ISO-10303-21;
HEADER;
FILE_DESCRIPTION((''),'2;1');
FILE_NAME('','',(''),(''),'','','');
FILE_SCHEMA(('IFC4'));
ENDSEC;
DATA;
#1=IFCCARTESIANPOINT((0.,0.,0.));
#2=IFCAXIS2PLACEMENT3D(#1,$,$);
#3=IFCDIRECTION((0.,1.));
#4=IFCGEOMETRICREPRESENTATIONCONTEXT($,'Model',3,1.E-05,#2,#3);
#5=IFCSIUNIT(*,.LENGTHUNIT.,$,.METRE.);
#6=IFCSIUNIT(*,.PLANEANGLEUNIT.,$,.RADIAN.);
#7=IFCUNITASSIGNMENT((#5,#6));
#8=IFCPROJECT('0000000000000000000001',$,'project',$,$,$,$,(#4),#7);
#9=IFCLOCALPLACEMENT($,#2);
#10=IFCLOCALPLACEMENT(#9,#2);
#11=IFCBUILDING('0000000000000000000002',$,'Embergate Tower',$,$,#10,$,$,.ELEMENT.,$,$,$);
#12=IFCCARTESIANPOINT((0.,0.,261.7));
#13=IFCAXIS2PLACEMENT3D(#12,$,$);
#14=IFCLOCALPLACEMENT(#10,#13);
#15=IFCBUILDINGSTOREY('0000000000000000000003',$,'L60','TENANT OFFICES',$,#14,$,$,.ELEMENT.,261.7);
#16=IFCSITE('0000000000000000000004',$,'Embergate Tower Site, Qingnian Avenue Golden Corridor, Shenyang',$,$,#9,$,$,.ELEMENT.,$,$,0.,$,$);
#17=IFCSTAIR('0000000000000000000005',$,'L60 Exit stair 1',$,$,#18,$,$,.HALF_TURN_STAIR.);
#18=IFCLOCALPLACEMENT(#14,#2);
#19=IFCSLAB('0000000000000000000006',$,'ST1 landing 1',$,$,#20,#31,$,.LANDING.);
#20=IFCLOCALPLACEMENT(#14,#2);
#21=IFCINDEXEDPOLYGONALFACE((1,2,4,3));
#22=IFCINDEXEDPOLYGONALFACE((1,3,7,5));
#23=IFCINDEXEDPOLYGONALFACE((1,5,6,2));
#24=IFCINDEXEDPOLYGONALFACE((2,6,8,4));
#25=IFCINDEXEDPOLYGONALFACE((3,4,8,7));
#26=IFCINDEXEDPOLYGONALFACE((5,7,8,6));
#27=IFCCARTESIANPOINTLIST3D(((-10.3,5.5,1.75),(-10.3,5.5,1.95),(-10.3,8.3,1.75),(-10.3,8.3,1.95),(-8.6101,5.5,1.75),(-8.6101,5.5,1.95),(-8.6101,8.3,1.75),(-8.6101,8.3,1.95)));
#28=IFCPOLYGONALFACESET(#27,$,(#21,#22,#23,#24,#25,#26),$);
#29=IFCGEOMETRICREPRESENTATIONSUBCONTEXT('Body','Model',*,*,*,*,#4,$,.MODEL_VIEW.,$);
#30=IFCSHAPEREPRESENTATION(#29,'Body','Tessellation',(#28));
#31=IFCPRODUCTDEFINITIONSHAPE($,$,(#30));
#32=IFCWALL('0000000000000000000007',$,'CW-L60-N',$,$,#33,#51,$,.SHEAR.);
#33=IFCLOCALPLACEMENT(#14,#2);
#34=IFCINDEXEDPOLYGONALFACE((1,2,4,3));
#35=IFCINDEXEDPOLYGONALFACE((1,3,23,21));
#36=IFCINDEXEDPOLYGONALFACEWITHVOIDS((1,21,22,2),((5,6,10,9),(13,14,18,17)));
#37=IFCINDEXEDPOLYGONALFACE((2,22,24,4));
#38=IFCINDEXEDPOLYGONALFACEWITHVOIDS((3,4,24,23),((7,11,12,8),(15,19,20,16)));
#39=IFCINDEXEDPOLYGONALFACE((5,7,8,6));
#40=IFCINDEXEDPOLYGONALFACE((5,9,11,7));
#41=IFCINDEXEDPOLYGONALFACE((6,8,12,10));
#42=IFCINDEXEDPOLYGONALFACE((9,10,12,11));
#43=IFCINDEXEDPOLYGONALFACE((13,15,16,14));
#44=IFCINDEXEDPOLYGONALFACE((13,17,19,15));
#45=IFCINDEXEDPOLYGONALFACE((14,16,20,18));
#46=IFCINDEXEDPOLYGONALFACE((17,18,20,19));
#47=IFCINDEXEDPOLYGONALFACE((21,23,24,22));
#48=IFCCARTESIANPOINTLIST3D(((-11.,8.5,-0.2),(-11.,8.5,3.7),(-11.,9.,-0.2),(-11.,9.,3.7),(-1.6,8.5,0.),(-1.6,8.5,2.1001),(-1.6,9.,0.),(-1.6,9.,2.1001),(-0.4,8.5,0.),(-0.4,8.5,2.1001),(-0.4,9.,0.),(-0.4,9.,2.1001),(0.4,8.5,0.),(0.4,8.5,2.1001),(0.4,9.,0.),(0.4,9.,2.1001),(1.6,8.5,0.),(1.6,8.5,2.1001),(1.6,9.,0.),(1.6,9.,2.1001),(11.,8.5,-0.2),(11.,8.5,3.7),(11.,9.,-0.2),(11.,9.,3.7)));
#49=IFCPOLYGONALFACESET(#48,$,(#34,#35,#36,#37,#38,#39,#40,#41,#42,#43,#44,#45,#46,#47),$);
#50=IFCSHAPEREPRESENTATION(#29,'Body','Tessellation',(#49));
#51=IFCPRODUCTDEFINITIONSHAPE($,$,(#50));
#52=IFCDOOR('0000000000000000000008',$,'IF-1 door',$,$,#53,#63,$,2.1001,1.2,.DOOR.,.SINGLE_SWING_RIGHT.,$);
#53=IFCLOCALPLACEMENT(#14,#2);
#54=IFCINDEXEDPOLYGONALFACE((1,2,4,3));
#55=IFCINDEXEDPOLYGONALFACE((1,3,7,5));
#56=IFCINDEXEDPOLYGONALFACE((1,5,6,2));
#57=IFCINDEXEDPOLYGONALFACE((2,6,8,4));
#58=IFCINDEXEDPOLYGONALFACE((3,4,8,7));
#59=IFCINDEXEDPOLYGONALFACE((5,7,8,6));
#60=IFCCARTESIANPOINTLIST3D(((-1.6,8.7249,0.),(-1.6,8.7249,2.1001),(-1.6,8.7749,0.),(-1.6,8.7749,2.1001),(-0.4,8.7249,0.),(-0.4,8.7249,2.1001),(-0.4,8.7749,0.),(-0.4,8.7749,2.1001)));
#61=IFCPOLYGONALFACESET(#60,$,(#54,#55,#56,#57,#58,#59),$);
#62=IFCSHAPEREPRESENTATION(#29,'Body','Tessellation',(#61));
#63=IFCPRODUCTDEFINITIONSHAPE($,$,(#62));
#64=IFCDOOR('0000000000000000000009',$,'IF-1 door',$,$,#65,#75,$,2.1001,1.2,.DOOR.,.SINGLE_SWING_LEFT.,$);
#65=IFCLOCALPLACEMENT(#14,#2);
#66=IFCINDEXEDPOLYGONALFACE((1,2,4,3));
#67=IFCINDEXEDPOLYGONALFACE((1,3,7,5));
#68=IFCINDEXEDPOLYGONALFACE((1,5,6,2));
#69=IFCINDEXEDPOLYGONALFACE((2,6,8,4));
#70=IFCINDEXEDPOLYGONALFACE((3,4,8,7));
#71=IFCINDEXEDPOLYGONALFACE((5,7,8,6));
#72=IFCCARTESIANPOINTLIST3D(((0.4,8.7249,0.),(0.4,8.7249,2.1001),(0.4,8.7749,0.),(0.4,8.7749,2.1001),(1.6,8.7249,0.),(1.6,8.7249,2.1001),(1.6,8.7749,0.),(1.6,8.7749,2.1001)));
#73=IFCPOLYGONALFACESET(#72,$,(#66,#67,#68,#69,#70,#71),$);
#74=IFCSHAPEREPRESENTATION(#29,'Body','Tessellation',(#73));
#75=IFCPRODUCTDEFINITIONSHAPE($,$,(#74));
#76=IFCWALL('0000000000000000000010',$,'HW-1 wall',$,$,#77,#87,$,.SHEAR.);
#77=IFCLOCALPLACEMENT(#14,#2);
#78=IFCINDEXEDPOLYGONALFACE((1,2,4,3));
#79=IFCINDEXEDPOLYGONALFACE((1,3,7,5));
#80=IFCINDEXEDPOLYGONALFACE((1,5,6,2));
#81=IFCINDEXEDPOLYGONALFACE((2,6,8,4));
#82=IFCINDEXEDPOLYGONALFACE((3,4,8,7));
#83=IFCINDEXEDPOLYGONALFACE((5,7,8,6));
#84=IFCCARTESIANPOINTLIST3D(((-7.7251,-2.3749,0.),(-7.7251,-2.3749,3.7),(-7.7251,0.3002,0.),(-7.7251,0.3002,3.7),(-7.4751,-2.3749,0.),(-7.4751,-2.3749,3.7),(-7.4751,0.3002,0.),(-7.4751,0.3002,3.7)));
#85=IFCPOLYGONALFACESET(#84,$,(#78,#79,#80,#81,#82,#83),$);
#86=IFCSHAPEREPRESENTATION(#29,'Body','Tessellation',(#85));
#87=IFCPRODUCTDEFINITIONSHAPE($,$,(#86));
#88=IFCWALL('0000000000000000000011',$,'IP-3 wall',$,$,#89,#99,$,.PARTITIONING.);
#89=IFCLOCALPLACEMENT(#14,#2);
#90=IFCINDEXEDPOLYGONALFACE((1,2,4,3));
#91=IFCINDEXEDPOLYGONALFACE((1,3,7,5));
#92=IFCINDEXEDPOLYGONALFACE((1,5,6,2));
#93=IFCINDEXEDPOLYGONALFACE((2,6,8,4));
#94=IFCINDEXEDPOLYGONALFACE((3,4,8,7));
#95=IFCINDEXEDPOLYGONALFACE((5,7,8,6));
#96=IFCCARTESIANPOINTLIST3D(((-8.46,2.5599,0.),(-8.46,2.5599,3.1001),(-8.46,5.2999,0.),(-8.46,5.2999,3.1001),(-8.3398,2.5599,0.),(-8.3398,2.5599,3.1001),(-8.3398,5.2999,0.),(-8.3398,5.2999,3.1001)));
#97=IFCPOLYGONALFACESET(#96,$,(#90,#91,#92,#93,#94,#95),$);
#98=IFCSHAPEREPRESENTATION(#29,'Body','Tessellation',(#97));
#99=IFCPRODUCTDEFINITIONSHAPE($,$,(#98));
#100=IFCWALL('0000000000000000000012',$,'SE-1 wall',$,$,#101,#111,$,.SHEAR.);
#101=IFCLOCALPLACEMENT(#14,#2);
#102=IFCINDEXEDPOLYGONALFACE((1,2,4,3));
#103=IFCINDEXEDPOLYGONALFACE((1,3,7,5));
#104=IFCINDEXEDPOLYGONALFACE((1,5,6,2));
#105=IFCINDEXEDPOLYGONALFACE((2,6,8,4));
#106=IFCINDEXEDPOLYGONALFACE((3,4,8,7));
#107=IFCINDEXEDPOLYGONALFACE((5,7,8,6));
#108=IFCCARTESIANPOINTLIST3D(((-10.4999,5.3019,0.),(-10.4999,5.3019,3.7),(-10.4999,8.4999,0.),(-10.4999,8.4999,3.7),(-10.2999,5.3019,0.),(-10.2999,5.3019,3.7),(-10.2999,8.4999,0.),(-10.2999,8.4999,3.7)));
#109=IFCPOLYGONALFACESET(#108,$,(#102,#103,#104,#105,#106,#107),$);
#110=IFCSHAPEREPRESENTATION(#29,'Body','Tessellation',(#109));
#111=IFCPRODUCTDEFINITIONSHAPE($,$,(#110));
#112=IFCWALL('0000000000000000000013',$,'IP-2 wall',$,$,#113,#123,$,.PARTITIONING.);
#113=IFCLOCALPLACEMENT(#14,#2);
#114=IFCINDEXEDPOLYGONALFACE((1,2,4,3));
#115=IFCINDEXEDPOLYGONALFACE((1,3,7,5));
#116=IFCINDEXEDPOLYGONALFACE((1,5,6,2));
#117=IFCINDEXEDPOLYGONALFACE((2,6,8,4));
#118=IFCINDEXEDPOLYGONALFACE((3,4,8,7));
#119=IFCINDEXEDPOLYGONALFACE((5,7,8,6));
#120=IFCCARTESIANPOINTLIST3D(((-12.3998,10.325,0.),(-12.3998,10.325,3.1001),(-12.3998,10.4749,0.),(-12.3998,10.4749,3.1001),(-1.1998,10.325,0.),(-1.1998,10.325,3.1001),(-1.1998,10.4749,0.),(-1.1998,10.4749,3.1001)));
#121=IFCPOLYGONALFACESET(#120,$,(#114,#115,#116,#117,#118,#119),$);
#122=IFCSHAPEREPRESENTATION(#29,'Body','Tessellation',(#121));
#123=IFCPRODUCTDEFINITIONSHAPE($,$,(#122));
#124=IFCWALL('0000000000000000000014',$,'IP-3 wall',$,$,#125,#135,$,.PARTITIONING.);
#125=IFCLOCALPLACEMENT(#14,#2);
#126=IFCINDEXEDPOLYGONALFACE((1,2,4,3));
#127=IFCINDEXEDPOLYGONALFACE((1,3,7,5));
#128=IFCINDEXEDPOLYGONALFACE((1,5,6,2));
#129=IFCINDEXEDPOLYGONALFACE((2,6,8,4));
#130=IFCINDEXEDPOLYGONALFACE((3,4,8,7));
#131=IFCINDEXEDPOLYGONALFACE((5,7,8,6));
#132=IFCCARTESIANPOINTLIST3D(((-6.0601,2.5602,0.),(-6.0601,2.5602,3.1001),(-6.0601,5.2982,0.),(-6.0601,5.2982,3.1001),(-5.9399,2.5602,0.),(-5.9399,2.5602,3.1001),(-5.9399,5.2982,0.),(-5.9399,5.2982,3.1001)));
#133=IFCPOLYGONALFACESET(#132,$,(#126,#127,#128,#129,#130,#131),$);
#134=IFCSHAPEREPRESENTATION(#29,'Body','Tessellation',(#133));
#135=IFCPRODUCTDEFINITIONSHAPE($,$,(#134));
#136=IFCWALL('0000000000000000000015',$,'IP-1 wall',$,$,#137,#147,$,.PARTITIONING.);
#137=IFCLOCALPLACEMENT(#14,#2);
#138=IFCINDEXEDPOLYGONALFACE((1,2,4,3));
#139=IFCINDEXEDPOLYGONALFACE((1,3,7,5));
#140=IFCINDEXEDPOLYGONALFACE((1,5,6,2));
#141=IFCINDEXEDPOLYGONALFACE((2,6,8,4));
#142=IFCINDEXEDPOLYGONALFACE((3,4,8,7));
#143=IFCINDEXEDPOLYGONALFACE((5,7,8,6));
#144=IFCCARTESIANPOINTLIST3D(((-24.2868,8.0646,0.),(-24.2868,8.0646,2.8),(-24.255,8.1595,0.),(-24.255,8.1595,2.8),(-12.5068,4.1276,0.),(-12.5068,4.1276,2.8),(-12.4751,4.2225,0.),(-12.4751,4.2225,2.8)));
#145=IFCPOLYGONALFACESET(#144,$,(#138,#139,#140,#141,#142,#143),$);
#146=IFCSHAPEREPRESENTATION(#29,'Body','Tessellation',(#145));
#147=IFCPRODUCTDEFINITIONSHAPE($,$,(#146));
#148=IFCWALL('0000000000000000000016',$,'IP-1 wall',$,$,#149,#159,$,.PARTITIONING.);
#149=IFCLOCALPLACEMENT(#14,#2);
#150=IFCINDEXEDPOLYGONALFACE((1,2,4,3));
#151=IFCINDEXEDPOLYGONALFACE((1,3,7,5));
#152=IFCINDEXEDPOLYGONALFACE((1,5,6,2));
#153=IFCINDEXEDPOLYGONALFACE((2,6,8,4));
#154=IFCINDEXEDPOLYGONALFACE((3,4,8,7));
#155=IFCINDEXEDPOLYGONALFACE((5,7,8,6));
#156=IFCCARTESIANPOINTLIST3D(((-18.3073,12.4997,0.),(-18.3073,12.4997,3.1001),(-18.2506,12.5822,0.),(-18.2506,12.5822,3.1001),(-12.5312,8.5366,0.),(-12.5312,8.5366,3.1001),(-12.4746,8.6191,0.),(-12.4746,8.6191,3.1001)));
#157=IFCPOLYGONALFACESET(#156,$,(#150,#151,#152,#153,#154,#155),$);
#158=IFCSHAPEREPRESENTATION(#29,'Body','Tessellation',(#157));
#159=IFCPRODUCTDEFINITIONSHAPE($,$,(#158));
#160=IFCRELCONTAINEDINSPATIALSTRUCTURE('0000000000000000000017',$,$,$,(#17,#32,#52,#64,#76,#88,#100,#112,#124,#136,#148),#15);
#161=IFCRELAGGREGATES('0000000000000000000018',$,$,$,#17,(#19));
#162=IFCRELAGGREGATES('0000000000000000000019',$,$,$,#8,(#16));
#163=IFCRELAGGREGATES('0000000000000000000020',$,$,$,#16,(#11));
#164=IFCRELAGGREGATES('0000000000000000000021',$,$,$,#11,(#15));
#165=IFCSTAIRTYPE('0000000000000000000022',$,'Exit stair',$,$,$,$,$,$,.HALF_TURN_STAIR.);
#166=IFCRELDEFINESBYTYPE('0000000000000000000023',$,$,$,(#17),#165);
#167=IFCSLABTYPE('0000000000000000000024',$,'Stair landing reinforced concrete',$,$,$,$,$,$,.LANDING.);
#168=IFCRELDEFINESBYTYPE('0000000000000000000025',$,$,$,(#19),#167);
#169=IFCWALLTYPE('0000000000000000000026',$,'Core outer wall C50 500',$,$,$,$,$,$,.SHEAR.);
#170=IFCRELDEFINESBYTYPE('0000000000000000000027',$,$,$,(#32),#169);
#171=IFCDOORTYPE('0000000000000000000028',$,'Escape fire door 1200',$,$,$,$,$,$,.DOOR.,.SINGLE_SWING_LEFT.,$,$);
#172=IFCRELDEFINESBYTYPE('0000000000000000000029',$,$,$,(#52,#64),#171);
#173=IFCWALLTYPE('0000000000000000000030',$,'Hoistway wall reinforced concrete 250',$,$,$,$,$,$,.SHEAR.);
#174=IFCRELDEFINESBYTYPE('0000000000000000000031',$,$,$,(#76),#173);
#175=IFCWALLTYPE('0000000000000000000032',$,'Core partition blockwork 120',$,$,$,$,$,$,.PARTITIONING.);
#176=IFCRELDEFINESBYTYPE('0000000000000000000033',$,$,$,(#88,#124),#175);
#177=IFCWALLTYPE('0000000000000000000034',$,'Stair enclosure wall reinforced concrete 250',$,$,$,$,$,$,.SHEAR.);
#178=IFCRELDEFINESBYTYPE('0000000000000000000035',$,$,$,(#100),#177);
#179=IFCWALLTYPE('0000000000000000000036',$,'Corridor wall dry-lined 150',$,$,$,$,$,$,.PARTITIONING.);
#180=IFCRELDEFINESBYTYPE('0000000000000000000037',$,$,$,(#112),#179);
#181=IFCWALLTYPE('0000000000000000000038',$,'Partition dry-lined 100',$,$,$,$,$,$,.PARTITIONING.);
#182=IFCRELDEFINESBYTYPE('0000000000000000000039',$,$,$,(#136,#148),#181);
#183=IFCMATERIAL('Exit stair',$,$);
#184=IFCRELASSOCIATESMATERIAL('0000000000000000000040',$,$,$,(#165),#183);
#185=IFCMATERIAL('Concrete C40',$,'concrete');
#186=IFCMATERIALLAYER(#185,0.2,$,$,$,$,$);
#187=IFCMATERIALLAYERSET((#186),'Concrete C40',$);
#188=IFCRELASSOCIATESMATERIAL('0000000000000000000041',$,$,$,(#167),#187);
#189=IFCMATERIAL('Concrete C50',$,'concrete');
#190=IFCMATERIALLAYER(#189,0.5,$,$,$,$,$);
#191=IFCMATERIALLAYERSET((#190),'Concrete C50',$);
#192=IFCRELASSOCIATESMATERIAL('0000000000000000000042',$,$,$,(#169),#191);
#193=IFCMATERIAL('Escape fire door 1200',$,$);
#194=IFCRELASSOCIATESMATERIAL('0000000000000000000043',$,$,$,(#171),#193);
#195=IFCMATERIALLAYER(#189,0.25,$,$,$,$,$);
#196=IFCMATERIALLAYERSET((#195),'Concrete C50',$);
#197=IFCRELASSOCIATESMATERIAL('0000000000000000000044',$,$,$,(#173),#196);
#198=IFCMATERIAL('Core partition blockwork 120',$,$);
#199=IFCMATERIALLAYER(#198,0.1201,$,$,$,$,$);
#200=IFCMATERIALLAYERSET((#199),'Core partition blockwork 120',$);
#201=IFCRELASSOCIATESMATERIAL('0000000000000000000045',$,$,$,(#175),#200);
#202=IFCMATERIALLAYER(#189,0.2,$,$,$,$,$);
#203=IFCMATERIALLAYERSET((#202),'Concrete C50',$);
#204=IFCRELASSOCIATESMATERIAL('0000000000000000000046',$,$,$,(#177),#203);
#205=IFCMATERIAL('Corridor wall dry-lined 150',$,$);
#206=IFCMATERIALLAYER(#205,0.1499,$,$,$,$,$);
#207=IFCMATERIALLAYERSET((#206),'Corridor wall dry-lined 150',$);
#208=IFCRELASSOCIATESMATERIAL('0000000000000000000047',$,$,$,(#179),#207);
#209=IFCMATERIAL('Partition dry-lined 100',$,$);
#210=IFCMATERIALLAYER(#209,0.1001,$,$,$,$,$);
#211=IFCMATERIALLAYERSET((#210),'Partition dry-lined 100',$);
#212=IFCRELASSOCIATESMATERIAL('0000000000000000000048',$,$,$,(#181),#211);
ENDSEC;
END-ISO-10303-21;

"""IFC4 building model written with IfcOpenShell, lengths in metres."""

from ifc_helpers import new_model, si_unit, direction, frame, frame_2d, origin, place, context, subcontext, project, spatial, polyline, rectangle, outline, extrude, source, transform, mapped, material, layer, layer_set, type_object, element, fill, aggregate, save


model = new_model("IFC4")

# Units and contexts
model_context = context("Model", 3, precision=1e-05, world=origin(), true_north=direction((0.0, 1.0)))
body_context = subcontext(model_context, "Body", "Model", "MODEL_VIEW")
ifc_project = project(units=[si_unit("LENGTHUNIT", "METRE"), si_unit("PLANEANGLEUNIT", "RADIAN")], contexts=[model_context])

# Site, building, storey
site_placement = place(None, origin())
site = spatial("IfcSite", under=ifc_project, at=site_placement, Name="Embergate Tower Site, Qingnian Avenue Golden Corridor, Shenyang", CompositionType="ELEMENT", RefElevation=0.0)
building_placement = place(site_placement, origin())
building = spatial("IfcBuilding", under=site, at=building_placement, Name="Embergate Tower", CompositionType="ELEMENT")
storey_placement = place(building_placement, frame((0.0, 0.0, 261.7)))
storey = spatial("IfcBuildingStorey", under=building, at=storey_placement, Name="L60", Description="TENANT OFFICES", CompositionType="ELEMENT", Elevation=261.7)

# Stair, slab
ifc_material_1 = material(Name="Exit stair")
stair_type = type_object("IfcStairType", Name="Exit stair", PredefinedType="HALF_TURN_STAIR", material=ifc_material_1)
stair_placement = place(storey_placement, origin())
stair = element("IfcStair", 1, at=stair_placement, inside=storey, type_object=stair_type, Name="L60 Exit stair 1", PredefinedType="HALF_TURN_STAIR")
ifc_material_2 = material(Name="Concrete C40", Category="concrete")
ifc_layer_1 = layer(ifc_material_2, 0.2)
ifc_layer_set_1 = layer_set([ifc_layer_1], Name="Concrete C40")
slab_type = type_object("IfcSlabType", Name="Stair landing reinforced concrete", PredefinedType="LANDING", material=ifc_layer_set_1)
shared_shape_1 = source(origin(), body_context, "Body", "SweptSolid", [
    extrude(outline(polyline([(0.0, 0.0), (1.6899, 0.0), (1.6899, 2.8), (0.0, 2.8), (0.0, 0.0)])), origin(), (0.0, 0.0, 1.0), 0.2),
])
slab_placement = place(storey_placement, frame((-10.3, 5.5, 1.75)))
slab = element("IfcSlab", 2, at=slab_placement, type_object=slab_type, Name="ST1 landing 1", PredefinedType="LANDING", context=body_context, shape_type="MappedRepresentation", body=[
    mapped(shared_shape_1, transform((0.0, 0.0, 0.0))),
])

# Wall, openings, doors
ifc_material_3 = material(Name="Concrete C50", Category="concrete")
ifc_layer_2 = layer(ifc_material_3, 0.5)
ifc_layer_set_2 = layer_set([ifc_layer_2], Name="Concrete C50")
wall_type_1 = type_object("IfcWallType", Name="Core outer wall C50 500", PredefinedType="SHEAR", material=ifc_layer_set_2)
shared_shape_2 = source(origin(), body_context, "Body", "SweptSolid", [
    extrude(rectangle(XDim=22.0, YDim=0.5, at=frame_2d((11.0, 0.0))), origin(), (0.0, 0.0, 1.0), 3.8999),
])
wall_1_placement = place(storey_placement, frame((-11.0, 8.75, -0.2), z_axis=(0.0, 0.0, 1.0), x_axis=(1.0, 0.0, 0.0)))
wall_1 = element("IfcWall", 3, at=wall_1_placement, inside=storey, type_object=wall_type_1, Name="CW-L60-N", PredefinedType="SHEAR", context=body_context, shape_type="MappedRepresentation", body=[
    mapped(shared_shape_2, transform((0.0, 0.0, 0.0))),
])
shared_shape_3 = source(origin(), body_context, "Body", "SweptSolid", [
    extrude(rectangle(XDim=1.2, YDim=2.1001, at=frame_2d((0.6001, 1.05))), frame((0.0, 0.26, 0.0), z_axis=(0.0, -1.0, 0.0), x_axis=(1.0, 0.0, 0.0)), (0.0, 0.0, 1.0), 0.52),
])
opening_1_placement = place(wall_1_placement, frame((9.3999, 0.0, 0.2)))
opening_1 = element("IfcOpeningElement", 4, at=opening_1_placement, cuts=wall_1, PredefinedType="OPENING", context=body_context, shape_type="MappedRepresentation", body=[
    mapped(shared_shape_3, transform((0.0, 0.0, 0.0))),
])
opening_2_placement = place(wall_1_placement, frame((11.3999, 0.0, 0.2)))
opening_2 = element("IfcOpeningElement", 5, at=opening_2_placement, cuts=wall_1, PredefinedType="OPENING", context=body_context, shape_type="MappedRepresentation", body=[
    mapped(shared_shape_3, transform((0.0, 0.0, 0.0))),
])
ifc_material_4 = material(Name="Escape fire door 1200")
door_type_1 = type_object("IfcDoorType", Name="Escape fire door 1200", OperationType="SINGLE_SWING_LEFT", PredefinedType="DOOR", material=ifc_material_4)
shared_shape_4 = source(origin(), body_context, "Body", "SweptSolid", [
    extrude(rectangle(XDim=1.2, YDim=2.1001, at=frame_2d((0.6001, 1.05))), frame((0.0, 0.0249, 0.0), z_axis=(0.0, -1.0, 0.0), x_axis=(1.0, 0.0, 0.0)), (0.0, 0.0, 1.0), 0.05),
])
door_1_placement = place(opening_1_placement, origin())
door_1 = element("IfcDoor", 6, at=door_1_placement, inside=storey, type_object=door_type_1, Name="IF-1 door", OperationType="SINGLE_SWING_RIGHT", OverallHeight=2.1001, OverallWidth=1.2, PredefinedType="DOOR", context=body_context, shape_type="MappedRepresentation", body=[
    mapped(shared_shape_4, transform((0.0, 0.0, 0.0))),
])
fill(opening_1, door_1)
door_2_placement = place(opening_2_placement, origin())
door_2 = element("IfcDoor", 7, at=door_2_placement, inside=storey, type_object=door_type_1, Name="IF-1 door", OperationType="SINGLE_SWING_LEFT", OverallHeight=2.1001, OverallWidth=1.2, PredefinedType="DOOR", context=body_context, shape_type="MappedRepresentation", body=[
    mapped(shared_shape_4, transform((0.0, 0.0, 0.0))),
])
fill(opening_2, door_2)

# Walls
ifc_layer_3 = layer(ifc_material_3, 0.25)
ifc_layer_set_3 = layer_set([ifc_layer_3], Name="Concrete C50")
wall_type_2 = type_object("IfcWallType", Name="Hoistway wall reinforced concrete 250", PredefinedType="SHEAR", material=ifc_layer_set_3)
shared_shape_5 = source(origin(), body_context, "Body", "SweptSolid", [
    extrude(rectangle(XDim=2.675, YDim=0.25, at=frame_2d((1.3374, 0.0))), origin(), (0.0, 0.0, 1.0), 3.7),
])
wall_2_placement = place(storey_placement, frame((-7.6001, 0.3, 0.0), z_axis=(0.0, 0.0, 1.0), x_axis=(0.0, -1.0, 0.0)))
element("IfcWall", 8, at=wall_2_placement, inside=storey, type_object=wall_type_2, Name="HW-1 wall", PredefinedType="SHEAR", context=body_context, shape_type="MappedRepresentation", body=[
    mapped(shared_shape_5, transform((0.0, 0.0, 0.0))),
])
ifc_material_5 = material(Name="Core partition blockwork 120")
ifc_layer_4 = layer(ifc_material_5, 0.1201)
ifc_layer_set_4 = layer_set([ifc_layer_4], Name="Core partition blockwork 120")
wall_type_3 = type_object("IfcWallType", Name="Core partition blockwork 120", PredefinedType="PARTITIONING", material=ifc_layer_set_4)
shared_shape_6 = source(origin(), body_context, "Body", "SweptSolid", [
    extrude(rectangle(XDim=2.74, YDim=0.1201, at=frame_2d((1.3701, 0.0))), origin(), (0.0, 0.0, 1.0), 3.1001),
])
wall_3_placement = place(storey_placement, frame((-8.3999, 5.3, 0.0), z_axis=(0.0, 0.0, 1.0), x_axis=(0.0, -1.0, 0.0)))
element("IfcWall", 9, at=wall_3_placement, inside=storey, type_object=wall_type_3, Name="IP-3 wall", PredefinedType="PARTITIONING", context=body_context, shape_type="MappedRepresentation", body=[
    mapped(shared_shape_6, transform((0.0, 0.0, 0.0))),
])
ifc_layer_5 = layer(ifc_material_3, 0.2)
ifc_layer_set_5 = layer_set([ifc_layer_5], Name="Concrete C50")
wall_type_4 = type_object("IfcWallType", Name="Stair enclosure wall reinforced concrete 250", PredefinedType="SHEAR", material=ifc_layer_set_5)
shared_shape_7 = source(origin(), body_context, "Body", "SweptSolid", [
    extrude(rectangle(XDim=3.198, YDim=0.2, at=frame_2d((1.5991, 0.0))), origin(), (0.0, 0.0, 1.0), 3.7),
])
wall_4_placement = place(storey_placement, frame((-10.3999, 8.5, 0.0), z_axis=(0.0, 0.0, 1.0), x_axis=(0.0, -1.0, 0.0)))
element("IfcWall", 10, at=wall_4_placement, inside=storey, type_object=wall_type_4, Name="SE-1 wall", PredefinedType="SHEAR", context=body_context, shape_type="MappedRepresentation", body=[
    mapped(shared_shape_7, transform((0.0, 0.0, 0.0))),
])
ifc_material_6 = material(Name="Corridor wall dry-lined 150")
ifc_layer_6 = layer(ifc_material_6, 0.1499)
ifc_layer_set_6 = layer_set([ifc_layer_6], Name="Corridor wall dry-lined 150")
wall_type_5 = type_object("IfcWallType", Name="Corridor wall dry-lined 150", PredefinedType="PARTITIONING", material=ifc_layer_set_6)
shared_shape_8 = source(origin(), body_context, "Body", "SweptSolid", [
    extrude(rectangle(XDim=11.2, YDim=0.1499, at=frame_2d((5.6001, 0.0))), origin(), (0.0, 0.0, 1.0), 3.1001),
])
wall_5_placement = place(storey_placement, frame((-12.3999, 10.3999, 0.0), z_axis=(0.0, 0.0, 1.0), x_axis=(1.0, 0.0, 0.0)))
element("IfcWall", 11, at=wall_5_placement, inside=storey, type_object=wall_type_5, Name="IP-2 wall", PredefinedType="PARTITIONING", context=body_context, shape_type="MappedRepresentation", body=[
    mapped(shared_shape_8, transform((0.0, 0.0, 0.0))),
])
shared_shape_9 = source(origin(), body_context, "Body", "SweptSolid", [
    extrude(rectangle(XDim=2.738, YDim=0.1201, at=frame_2d((1.3691, 0.0))), origin(), (0.0, 0.0, 1.0), 3.1001),
])
wall_6_placement = place(storey_placement, frame((-6.0, 2.5601, 0.0), z_axis=(0.0, 0.0, 1.0), x_axis=(0.0, 1.0, 0.0)))
element("IfcWall", 12, at=wall_6_placement, inside=storey, type_object=wall_type_3, Name="IP-3 wall", PredefinedType="PARTITIONING", context=body_context, shape_type="MappedRepresentation", body=[
    mapped(shared_shape_9, transform((0.0, 0.0, 0.0))),
])
ifc_material_7 = material(Name="Partition dry-lined 100")
ifc_layer_7 = layer(ifc_material_7, 0.1001)
ifc_layer_set_7 = layer_set([ifc_layer_7], Name="Partition dry-lined 100")
wall_type_6 = type_object("IfcWallType", Name="Partition dry-lined 100", PredefinedType="PARTITIONING", material=ifc_layer_set_7)
shared_shape_10 = source(origin(), body_context, "Body", "SweptSolid", [
    extrude(rectangle(XDim=12.4204, YDim=0.1001, at=frame_2d((6.2102, 0.0))), origin(), (0.0, 0.0, 1.0), 2.8),
])
wall_7_placement = place(storey_placement, frame((-12.491, 4.175, 0.0), z_axis=(0.0, 0.0, 1.0), x_axis=(-0.948433, 0.316977, 0.0)))
element("IfcWall", 13, at=wall_7_placement, inside=storey, type_object=wall_type_6, Name="IP-1 wall", PredefinedType="PARTITIONING", context=body_context, shape_type="MappedRepresentation", body=[
    mapped(shared_shape_10, transform((0.0, 0.0, 0.0))),
])
shared_shape_11 = source(origin(), body_context, "Body", "SweptSolid", [
    extrude(rectangle(XDim=7.0049, YDim=0.1001, at=frame_2d((3.5024, 0.0))), origin(), (0.0, 0.0, 1.0), 3.1001),
])
wall_8_placement = place(storey_placement, frame((-12.5029, 8.5779, 0.0), z_axis=(0.0, 0.0, 1.0), x_axis=(-0.824571, 0.565758, 0.0)))
element("IfcWall", 14, at=wall_8_placement, inside=storey, type_object=wall_type_6, Name="IP-1 wall", PredefinedType="PARTITIONING", context=body_context, shape_type="MappedRepresentation", body=[
    mapped(shared_shape_11, transform((0.0, 0.0, 0.0))),
])

aggregate(stair, [slab])

save(model, "model.ifc")
